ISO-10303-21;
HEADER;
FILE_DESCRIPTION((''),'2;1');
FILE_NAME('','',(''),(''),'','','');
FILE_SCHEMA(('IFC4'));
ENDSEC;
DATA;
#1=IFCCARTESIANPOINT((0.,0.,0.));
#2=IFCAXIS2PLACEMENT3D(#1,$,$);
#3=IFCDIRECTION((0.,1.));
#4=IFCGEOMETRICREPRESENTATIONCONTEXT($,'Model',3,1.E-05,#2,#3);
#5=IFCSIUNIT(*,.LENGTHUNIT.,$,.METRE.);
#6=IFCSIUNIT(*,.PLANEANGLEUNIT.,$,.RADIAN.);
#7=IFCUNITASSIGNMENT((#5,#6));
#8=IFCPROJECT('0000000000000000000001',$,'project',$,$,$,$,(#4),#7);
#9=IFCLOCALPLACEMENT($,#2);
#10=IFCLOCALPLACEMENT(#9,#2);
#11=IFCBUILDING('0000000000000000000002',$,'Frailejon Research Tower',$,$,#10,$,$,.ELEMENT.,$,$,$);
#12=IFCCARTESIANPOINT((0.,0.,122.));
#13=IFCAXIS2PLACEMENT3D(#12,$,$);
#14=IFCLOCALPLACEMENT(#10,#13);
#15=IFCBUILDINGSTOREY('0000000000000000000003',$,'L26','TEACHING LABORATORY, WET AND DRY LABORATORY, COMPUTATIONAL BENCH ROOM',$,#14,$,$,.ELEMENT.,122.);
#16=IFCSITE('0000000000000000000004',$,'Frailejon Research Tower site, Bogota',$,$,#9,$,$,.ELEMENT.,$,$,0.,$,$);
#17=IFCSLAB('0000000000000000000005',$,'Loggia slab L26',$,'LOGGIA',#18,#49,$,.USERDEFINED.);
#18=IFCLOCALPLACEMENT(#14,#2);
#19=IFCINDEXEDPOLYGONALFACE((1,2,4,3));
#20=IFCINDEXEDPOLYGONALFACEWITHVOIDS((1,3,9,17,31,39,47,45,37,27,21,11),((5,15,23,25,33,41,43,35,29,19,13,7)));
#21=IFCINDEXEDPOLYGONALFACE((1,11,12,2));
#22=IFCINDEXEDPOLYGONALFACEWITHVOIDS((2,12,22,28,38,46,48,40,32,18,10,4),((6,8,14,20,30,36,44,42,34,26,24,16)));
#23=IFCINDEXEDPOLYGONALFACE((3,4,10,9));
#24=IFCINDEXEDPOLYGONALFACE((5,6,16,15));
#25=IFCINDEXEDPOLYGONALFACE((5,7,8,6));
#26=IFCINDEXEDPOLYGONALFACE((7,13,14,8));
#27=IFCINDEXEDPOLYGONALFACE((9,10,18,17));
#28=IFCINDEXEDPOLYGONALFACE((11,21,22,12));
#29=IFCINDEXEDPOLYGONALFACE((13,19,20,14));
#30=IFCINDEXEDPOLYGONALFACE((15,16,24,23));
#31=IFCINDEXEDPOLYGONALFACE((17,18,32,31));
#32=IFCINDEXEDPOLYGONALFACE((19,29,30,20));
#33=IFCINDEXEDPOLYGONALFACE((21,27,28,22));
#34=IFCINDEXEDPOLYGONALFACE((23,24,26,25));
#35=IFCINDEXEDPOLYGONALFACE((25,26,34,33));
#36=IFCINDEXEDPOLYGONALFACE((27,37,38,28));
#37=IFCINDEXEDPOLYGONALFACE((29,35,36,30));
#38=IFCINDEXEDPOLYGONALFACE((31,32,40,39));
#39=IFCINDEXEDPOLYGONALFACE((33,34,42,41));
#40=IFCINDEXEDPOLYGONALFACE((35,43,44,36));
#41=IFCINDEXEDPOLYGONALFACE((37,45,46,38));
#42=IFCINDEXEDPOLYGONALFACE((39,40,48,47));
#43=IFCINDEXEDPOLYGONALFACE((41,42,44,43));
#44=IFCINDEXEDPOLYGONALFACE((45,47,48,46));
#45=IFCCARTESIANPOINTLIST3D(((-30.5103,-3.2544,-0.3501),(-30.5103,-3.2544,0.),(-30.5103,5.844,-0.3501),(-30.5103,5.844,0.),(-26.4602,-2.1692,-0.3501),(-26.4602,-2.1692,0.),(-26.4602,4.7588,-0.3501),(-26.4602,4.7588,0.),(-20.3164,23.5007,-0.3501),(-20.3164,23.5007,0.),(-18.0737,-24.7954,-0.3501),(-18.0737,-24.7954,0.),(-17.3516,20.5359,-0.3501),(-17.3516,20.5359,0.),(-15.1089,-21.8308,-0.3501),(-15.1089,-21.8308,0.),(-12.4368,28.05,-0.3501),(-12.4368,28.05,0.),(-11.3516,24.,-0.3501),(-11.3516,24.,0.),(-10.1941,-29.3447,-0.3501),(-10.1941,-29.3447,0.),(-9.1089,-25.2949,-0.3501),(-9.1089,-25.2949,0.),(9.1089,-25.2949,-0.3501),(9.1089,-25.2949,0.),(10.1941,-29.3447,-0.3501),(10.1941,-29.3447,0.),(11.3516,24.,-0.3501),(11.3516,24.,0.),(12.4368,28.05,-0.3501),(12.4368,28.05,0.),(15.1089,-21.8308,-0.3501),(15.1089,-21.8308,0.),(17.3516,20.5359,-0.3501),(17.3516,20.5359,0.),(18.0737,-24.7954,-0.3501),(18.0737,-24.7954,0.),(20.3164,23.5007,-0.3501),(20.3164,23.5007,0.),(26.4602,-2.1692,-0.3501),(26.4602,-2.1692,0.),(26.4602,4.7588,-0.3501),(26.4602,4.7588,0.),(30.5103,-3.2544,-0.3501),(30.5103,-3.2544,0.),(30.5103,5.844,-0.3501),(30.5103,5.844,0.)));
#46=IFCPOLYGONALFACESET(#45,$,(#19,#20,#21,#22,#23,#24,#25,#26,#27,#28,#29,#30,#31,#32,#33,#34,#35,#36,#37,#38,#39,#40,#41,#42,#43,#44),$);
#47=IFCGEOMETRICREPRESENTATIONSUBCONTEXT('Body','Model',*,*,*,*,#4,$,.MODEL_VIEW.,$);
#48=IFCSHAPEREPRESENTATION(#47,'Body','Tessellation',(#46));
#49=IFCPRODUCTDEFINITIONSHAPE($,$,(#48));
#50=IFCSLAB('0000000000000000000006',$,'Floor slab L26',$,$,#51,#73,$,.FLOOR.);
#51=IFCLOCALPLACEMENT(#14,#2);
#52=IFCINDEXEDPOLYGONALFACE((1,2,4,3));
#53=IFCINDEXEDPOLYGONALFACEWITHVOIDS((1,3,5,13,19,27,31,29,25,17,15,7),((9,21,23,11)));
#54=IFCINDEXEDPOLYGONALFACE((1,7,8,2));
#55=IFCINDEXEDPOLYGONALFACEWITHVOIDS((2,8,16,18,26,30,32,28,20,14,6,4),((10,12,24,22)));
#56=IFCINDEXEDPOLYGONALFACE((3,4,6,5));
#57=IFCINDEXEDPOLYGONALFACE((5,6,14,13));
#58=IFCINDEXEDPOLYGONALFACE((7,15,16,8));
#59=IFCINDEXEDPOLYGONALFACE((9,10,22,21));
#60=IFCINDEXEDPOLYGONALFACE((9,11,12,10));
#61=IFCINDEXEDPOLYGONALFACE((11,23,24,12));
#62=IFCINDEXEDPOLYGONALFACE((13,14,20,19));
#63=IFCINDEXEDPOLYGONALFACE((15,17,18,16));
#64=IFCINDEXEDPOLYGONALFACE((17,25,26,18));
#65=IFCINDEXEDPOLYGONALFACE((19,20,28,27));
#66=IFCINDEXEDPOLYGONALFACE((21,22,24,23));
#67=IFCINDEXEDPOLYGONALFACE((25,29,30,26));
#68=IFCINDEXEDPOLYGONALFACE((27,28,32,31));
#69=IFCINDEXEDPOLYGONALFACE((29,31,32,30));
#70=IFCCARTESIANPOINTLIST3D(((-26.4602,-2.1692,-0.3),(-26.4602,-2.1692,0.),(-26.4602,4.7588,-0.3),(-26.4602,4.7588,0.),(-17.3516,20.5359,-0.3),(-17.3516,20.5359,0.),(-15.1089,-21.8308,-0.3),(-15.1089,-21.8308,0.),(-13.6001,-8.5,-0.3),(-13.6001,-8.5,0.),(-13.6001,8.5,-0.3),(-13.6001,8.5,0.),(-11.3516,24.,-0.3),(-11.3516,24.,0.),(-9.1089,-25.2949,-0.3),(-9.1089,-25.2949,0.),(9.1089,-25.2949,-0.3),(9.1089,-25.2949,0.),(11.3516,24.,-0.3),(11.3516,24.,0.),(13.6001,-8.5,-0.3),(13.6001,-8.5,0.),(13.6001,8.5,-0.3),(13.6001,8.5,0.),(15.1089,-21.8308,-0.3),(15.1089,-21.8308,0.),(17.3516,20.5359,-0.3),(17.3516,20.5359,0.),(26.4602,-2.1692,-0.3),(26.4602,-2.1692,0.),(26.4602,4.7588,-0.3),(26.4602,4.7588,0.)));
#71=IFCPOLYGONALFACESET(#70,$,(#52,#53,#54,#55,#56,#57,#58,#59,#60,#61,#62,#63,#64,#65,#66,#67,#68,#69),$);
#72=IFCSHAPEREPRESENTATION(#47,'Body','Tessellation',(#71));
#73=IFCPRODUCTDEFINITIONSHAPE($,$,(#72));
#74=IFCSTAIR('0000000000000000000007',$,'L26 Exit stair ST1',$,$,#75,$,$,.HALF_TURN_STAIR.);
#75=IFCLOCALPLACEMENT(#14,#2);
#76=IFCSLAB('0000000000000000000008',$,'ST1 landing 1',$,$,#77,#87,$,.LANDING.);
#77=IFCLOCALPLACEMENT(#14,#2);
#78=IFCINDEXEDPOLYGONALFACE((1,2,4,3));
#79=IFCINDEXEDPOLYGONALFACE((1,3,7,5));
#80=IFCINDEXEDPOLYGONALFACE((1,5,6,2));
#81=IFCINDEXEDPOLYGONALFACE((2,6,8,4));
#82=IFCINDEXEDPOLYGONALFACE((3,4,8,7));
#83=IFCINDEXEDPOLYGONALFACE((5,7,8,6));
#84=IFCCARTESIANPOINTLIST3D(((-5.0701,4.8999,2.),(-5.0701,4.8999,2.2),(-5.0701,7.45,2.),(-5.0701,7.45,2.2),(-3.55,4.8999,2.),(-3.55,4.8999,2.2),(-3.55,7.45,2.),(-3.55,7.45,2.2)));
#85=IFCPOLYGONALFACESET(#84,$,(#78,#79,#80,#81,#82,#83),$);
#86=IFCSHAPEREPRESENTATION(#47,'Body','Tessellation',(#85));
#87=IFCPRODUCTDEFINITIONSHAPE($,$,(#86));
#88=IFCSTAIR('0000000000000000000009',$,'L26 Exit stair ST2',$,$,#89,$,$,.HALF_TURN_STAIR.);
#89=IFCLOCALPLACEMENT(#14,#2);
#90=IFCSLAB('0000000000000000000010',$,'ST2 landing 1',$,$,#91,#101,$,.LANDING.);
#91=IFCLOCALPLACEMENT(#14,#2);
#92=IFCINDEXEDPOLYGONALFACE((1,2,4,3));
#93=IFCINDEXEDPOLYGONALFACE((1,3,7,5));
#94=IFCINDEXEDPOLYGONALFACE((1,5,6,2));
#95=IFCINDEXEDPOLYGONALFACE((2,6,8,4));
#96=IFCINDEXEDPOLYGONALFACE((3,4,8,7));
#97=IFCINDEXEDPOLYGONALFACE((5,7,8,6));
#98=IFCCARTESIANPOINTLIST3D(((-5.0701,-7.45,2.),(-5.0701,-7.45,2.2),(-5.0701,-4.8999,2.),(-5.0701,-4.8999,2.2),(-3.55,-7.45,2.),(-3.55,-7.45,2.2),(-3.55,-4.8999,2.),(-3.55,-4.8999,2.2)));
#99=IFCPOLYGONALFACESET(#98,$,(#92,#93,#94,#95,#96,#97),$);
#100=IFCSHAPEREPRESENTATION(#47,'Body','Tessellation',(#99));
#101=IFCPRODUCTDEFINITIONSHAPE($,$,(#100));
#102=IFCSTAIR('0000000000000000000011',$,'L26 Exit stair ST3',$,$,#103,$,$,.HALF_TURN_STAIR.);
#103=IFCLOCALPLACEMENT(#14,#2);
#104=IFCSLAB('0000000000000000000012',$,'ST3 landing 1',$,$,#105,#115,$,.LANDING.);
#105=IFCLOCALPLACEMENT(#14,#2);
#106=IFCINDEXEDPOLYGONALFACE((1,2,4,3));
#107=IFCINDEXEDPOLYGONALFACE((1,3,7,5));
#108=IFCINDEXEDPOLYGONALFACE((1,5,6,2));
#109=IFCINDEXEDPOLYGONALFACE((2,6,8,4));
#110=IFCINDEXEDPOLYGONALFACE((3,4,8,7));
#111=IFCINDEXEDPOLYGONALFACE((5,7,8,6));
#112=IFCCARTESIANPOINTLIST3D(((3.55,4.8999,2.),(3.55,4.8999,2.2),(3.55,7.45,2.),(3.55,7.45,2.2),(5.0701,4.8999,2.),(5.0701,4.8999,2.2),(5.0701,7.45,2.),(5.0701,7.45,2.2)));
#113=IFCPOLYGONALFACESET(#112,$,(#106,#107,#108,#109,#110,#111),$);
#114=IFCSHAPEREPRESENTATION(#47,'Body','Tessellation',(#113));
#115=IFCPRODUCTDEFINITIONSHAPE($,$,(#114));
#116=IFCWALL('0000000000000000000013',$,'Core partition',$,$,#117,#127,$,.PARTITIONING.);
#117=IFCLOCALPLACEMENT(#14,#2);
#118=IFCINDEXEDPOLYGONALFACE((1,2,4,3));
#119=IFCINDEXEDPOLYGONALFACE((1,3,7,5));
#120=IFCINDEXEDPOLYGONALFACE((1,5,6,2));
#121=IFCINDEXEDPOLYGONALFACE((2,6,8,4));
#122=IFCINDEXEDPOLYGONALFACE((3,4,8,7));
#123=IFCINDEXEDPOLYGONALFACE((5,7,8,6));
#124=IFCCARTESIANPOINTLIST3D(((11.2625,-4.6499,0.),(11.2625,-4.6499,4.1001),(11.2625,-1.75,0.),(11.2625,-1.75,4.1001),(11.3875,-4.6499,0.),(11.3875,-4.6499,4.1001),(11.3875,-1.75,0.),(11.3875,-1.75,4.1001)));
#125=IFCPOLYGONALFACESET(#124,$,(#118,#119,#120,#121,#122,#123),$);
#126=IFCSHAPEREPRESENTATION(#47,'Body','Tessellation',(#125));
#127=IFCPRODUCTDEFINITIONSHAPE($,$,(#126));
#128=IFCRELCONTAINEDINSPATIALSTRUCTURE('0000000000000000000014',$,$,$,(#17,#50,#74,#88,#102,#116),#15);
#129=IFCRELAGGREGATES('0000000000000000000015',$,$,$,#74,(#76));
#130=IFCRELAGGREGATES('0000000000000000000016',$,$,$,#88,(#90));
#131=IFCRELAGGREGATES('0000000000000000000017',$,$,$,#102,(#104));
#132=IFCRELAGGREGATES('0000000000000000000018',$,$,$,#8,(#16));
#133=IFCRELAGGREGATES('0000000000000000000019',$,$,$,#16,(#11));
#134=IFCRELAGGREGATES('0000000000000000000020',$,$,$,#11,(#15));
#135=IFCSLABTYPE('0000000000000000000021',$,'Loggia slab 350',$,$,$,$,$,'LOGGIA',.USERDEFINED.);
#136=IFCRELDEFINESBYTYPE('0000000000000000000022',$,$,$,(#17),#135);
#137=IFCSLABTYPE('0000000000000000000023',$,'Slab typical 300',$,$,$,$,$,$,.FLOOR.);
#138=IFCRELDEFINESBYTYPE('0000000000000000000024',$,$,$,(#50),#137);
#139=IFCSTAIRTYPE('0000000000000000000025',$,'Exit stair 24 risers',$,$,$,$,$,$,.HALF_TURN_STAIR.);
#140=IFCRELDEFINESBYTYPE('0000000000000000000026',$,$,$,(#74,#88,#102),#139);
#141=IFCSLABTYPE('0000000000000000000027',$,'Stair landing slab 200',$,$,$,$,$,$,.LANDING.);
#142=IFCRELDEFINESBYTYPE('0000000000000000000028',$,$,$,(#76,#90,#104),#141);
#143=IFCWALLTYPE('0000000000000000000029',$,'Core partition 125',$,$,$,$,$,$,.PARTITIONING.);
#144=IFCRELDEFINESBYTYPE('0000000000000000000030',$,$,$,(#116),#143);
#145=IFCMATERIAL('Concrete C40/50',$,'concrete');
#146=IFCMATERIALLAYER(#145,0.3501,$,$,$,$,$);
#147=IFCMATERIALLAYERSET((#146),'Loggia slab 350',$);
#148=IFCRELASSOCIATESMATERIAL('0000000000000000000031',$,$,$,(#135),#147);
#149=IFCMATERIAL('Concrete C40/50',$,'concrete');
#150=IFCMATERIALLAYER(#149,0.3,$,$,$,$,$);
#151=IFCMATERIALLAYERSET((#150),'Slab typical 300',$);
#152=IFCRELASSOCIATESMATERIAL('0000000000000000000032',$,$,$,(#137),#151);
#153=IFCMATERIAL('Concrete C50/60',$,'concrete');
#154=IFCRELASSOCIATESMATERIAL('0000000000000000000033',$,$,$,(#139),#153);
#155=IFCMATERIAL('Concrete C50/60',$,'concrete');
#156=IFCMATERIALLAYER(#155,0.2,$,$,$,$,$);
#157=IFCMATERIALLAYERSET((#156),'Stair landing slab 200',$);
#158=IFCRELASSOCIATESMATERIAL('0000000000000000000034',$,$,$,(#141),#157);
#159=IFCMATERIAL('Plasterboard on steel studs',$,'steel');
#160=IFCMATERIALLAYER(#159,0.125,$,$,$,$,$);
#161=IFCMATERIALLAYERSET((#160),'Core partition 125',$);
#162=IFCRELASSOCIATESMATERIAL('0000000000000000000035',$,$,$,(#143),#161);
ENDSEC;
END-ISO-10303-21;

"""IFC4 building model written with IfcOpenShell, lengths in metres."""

from ifc_helpers import new_model, si_unit, direction, frame, frame_2d, origin, place, context, subcontext, project, spatial, polyline, rectangle, outline, extrude, material, layer, layer_set, type_object, element, aggregate, save


model = new_model("IFC4")

# Units and contexts
model_context = context("Model", 3, precision=1e-05, world=origin(), true_north=direction((0.0, 1.0)))
body_context = subcontext(model_context, "Body", "Model", "MODEL_VIEW")
ifc_project = project(units=[si_unit("LENGTHUNIT", "METRE"), si_unit("PLANEANGLEUNIT", "RADIAN")], contexts=[model_context])

# Site, building, storey
site_placement = place(None, origin())
site = spatial("IfcSite", under=ifc_project, at=site_placement, Name="Frailejon Research Tower site, Bogota", CompositionType="ELEMENT", RefElevation=0.0)
building_placement = place(site_placement, origin())
building = spatial("IfcBuilding", under=site, at=building_placement, Name="Frailejon Research Tower", CompositionType="ELEMENT")
storey_placement = place(building_placement, frame((0.0, 0.0, 122.0)))
storey = spatial("IfcBuildingStorey", under=building, at=storey_placement, Name="L26", Description="TEACHING LABORATORY, WET AND DRY LABORATORY, COMPUTATIONAL BENCH ROOM", CompositionType="ELEMENT", Elevation=122.0)

# Slabs
ifc_material_1 = material(Name="Concrete C40/50", Category="concrete")
ifc_layer_1 = layer(ifc_material_1, 0.3501)
ifc_layer_set_1 = layer_set([ifc_layer_1], Name="Loggia slab 350")
slab_type_1 = type_object("IfcSlabType", Name="Loggia slab 350", ElementType="LOGGIA", PredefinedType="USERDEFINED", material=ifc_layer_set_1)
slab_1_placement = place(storey_placement, frame((0.0, 0.0, -0.3501)))
element("IfcSlab", 1, at=slab_1_placement, inside=storey, type_object=slab_type_1, Name="Loggia slab L26", ObjectType="LOGGIA", PredefinedType="USERDEFINED", context=body_context, shape_type="SweptSolid", body=[
    extrude(outline(polyline([(18.0737, -24.7954), (10.1941, -29.3447), (-10.1941, -29.3447), (-18.0737, -24.7954), (-30.5103, -3.2544), (-30.5103, 5.844), (-20.3164, 23.5007), (-12.4368, 28.05), (12.4368, 28.05), (20.3164, 23.5007), (30.5103, 5.844), (30.5103, -3.2544), (18.0737, -24.7954)]), holes=[polyline([(26.4602, 4.7588), (17.3516, 20.5359), (11.3516, 24.0), (-11.3516, 24.0), (-17.3516, 20.5359), (-26.4602, 4.7588), (-26.4602, -2.1692), (-15.1089, -21.8308), (-9.1089, -25.2949), (9.1089, -25.2949), (15.1089, -21.8308), (26.4602, -2.1692), (26.4602, 4.7588)])]), origin(), (0.0, 0.0, 1.0), 0.3501),
])
ifc_material_2 = material(Name="Concrete C40/50", Category="concrete")
ifc_layer_2 = layer(ifc_material_2, 0.3)
ifc_layer_set_2 = layer_set([ifc_layer_2], Name="Slab typical 300")
slab_type_2 = type_object("IfcSlabType", Name="Slab typical 300", PredefinedType="FLOOR", material=ifc_layer_set_2)
slab_2_placement = place(storey_placement, frame((0.0, 0.0, -0.3)))
element("IfcSlab", 2, at=slab_2_placement, inside=storey, type_object=slab_type_2, Name="Floor slab L26", PredefinedType="FLOOR", context=body_context, shape_type="SweptSolid", body=[
    extrude(outline(polyline([(26.4602, -2.1692), (26.4602, 4.7588), (17.3516, 20.5359), (11.3516, 24.0), (-11.3516, 24.0), (-17.3516, 20.5359), (-26.4602, 4.7588), (-26.4602, -2.1692), (-15.1089, -21.8308), (-9.1089, -25.2949), (9.1089, -25.2949), (15.1089, -21.8308), (26.4602, -2.1692)]), holes=[polyline([(13.6001, -8.5), (-13.6001, -8.5), (-13.6001, 8.5), (13.6001, 8.5), (13.6001, -8.5)])]), origin(), (0.0, 0.0, 1.0), 0.3),
])

# Stairs, slabs
ifc_material_3 = material(Name="Concrete C50/60", Category="concrete")
stair_type = type_object("IfcStairType", Name="Exit stair 24 risers", PredefinedType="HALF_TURN_STAIR", material=ifc_material_3)
stair_1_placement = place(storey_placement, origin())
stair_1 = element("IfcStair", 3, at=stair_1_placement, inside=storey, type_object=stair_type, Name="L26 Exit stair ST1", PredefinedType="HALF_TURN_STAIR")
ifc_material_4 = material(Name="Concrete C50/60", Category="concrete")
ifc_layer_3 = layer(ifc_material_4, 0.2)
ifc_layer_set_3 = layer_set([ifc_layer_3], Name="Stair landing slab 200")
slab_type_3 = type_object("IfcSlabType", Name="Stair landing slab 200", PredefinedType="LANDING", material=ifc_layer_set_3)
slab_3_placement = place(storey_placement, frame((0.0, 0.0, 2.0)))
slab_3 = element("IfcSlab", 4, at=slab_3_placement, type_object=slab_type_3, Name="ST1 landing 1", PredefinedType="LANDING", context=body_context, shape_type="SweptSolid", body=[
    extrude(outline(polyline([(-5.0701, 4.8999), (-3.55, 4.8999), (-3.55, 7.45), (-5.0701, 7.45), (-5.0701, 4.8999)])), origin(), (0.0, 0.0, 1.0), 0.2),
])
aggregate(stair_1, [slab_3])
stair_2_placement = place(storey_placement, origin())
stair_2 = element("IfcStair", 5, at=stair_2_placement, inside=storey, type_object=stair_type, Name="L26 Exit stair ST2", PredefinedType="HALF_TURN_STAIR")
slab_4_placement = place(storey_placement, frame((0.0, 0.0, 2.0)))
slab_4 = element("IfcSlab", 6, at=slab_4_placement, type_object=slab_type_3, Name="ST2 landing 1", PredefinedType="LANDING", context=body_context, shape_type="SweptSolid", body=[
    extrude(outline(polyline([(-5.0701, -7.45), (-3.55, -7.45), (-3.55, -4.8999), (-5.0701, -4.8999), (-5.0701, -7.45)])), origin(), (0.0, 0.0, 1.0), 0.2),
])
aggregate(stair_2, [slab_4])
stair_3_placement = place(storey_placement, origin())
stair_3 = element("IfcStair", 7, at=stair_3_placement, inside=storey, type_object=stair_type, Name="L26 Exit stair ST3", PredefinedType="HALF_TURN_STAIR")
slab_5_placement = place(storey_placement, frame((0.0, 0.0, 2.0)))
slab_5 = element("IfcSlab", 8, at=slab_5_placement, type_object=slab_type_3, Name="ST3 landing 1", PredefinedType="LANDING", context=body_context, shape_type="SweptSolid", body=[
    extrude(outline(polyline([(5.0701, 7.45), (3.55, 7.45), (3.55, 4.8999), (5.0701, 4.8999), (5.0701, 7.45)])), origin(), (0.0, 0.0, 1.0), 0.2),
])
aggregate(stair_3, [slab_5])

# Wall
ifc_material_5 = material(Name="Plasterboard on steel studs", Category="steel")
ifc_layer_4 = layer(ifc_material_5, 0.125)
ifc_layer_set_4 = layer_set([ifc_layer_4], Name="Core partition 125")
wall_type_1 = type_object("IfcWallType", Name="Core partition 125", PredefinedType="PARTITIONING", material=ifc_layer_set_4)
wall_1_placement = place(storey_placement, frame((11.325, -4.6499, 0.0), z_axis=(0.0, 0.0, 1.0), x_axis=(0.0, 1.0, 0.0)))
element("IfcWall", 9, at=wall_1_placement, inside=storey, type_object=wall_type_1, Name="Core partition", PredefinedType="PARTITIONING", context=body_context, shape_type="SweptSolid", body=[
    extrude(rectangle(XDim=2.8999, YDim=0.125, at=frame_2d((1.45, 0.0))), origin(), (0.0, 0.0, 1.0), 4.1001),
])

save(model, "model.ifc")
